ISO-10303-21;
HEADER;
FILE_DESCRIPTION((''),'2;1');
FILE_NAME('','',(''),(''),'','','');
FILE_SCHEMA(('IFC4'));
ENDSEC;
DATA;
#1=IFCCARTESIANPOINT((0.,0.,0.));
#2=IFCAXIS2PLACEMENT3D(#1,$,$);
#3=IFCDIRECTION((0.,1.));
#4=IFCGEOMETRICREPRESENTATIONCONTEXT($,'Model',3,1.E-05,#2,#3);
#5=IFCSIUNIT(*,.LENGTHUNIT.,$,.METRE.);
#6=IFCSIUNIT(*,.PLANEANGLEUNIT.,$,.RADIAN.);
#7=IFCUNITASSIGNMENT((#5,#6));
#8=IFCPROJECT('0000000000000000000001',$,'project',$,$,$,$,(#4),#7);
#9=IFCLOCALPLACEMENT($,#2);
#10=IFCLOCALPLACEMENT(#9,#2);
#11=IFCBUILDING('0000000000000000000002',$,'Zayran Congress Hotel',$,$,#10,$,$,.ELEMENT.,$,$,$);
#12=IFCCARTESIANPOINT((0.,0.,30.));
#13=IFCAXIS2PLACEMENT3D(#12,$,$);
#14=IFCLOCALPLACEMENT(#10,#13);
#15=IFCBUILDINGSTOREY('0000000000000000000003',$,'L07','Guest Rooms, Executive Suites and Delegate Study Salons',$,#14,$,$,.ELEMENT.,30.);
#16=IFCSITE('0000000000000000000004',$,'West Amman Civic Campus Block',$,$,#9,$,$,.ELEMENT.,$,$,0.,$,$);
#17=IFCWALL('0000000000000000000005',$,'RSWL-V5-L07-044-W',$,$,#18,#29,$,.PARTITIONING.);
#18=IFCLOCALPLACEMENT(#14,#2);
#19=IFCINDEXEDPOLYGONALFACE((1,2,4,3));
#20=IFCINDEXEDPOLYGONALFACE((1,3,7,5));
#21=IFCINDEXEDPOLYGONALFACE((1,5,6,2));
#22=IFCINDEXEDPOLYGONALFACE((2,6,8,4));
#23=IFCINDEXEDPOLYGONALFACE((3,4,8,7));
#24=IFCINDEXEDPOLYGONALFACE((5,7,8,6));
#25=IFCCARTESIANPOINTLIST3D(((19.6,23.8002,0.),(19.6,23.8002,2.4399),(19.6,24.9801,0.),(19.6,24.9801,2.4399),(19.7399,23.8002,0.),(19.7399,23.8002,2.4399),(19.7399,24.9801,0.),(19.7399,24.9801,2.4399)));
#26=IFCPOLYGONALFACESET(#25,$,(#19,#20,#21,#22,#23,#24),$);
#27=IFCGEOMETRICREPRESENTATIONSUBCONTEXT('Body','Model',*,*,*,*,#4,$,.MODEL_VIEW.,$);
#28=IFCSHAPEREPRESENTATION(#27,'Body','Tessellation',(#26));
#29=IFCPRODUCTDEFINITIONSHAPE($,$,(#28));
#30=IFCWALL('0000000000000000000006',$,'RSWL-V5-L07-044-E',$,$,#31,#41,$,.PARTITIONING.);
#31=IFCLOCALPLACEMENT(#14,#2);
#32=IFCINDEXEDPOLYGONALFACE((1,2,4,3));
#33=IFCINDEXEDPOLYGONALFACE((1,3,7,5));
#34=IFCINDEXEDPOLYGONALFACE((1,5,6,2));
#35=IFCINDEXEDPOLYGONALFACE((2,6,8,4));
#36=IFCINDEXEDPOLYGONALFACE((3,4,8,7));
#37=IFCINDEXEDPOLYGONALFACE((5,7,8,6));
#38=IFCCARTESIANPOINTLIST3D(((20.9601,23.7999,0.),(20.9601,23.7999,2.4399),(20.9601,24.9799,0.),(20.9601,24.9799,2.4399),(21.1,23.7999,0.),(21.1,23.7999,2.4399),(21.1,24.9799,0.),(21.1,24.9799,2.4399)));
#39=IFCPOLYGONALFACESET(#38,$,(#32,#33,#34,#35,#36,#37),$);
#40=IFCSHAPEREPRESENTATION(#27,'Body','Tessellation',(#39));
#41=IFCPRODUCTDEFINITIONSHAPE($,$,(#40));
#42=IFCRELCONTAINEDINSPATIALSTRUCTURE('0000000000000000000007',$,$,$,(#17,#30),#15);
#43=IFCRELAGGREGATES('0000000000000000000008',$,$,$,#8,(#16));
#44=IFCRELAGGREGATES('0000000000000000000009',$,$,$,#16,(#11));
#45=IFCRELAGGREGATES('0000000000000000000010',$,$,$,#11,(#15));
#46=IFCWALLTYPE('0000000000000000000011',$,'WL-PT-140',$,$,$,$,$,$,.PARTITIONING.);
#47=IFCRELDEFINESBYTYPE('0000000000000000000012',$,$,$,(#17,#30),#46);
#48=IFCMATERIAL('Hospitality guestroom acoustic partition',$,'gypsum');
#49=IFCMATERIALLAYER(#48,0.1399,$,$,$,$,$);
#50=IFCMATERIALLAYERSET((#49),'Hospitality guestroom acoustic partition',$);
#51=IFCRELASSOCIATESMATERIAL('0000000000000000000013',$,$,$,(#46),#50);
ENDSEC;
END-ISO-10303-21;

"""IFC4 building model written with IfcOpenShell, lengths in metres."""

from ifc_helpers import new_model, si_unit, direction, frame, frame_2d, origin, place, context, subcontext, project, spatial, rectangle, extrude, material, layer, layer_set, type_object, element, save


model = new_model("IFC4")

# Units and contexts
model_context = context("Model", 3, precision=1e-05, world=origin(), true_north=direction((0.0, 1.0)))
body_context = subcontext(model_context, "Body", "Model", "MODEL_VIEW")
ifc_project = project(units=[si_unit("LENGTHUNIT", "METRE"), si_unit("PLANEANGLEUNIT", "RADIAN")], contexts=[model_context])

# Site, building, storey
site_placement = place(None, origin())
site = spatial("IfcSite", under=ifc_project, at=site_placement, Name="West Amman Civic Campus Block", CompositionType="ELEMENT", RefElevation=0.0)
building_placement = place(site_placement, origin())
building = spatial("IfcBuilding", under=site, at=building_placement, Name="Zayran Congress Hotel", CompositionType="ELEMENT")
storey_placement = place(building_placement, frame((0.0, 0.0, 30.0)))
storey = spatial("IfcBuildingStorey", under=building, at=storey_placement, Name="L07", Description="Guest Rooms, Executive Suites and Delegate Study Salons", CompositionType="ELEMENT", Elevation=30.0)

# Shared definitions
ifc_material_1 = material(Name="Hospitality guestroom acoustic partition", Category="gypsum")
ifc_layer_1 = layer(ifc_material_1, 0.1399)
ifc_layer_set_1 = layer_set([ifc_layer_1], Name="Hospitality guestroom acoustic partition")
wall_type_1 = type_object("IfcWallType", Name="WL-PT-140", PredefinedType="PARTITIONING", material=ifc_layer_set_1)

# Walls
for number, where, z_axis, x_axis, name in (
    (1, (19.6699, 24.98, 0.0), (0.0, 0.0, 1.0), (0.0, -1.0, 0.0), "RSWL-V5-L07-044-W"),
    (2, (21.03, 23.8, 0.0), (0.0, 0.0, 1.0), (0.0, 1.0, 0.0), "RSWL-V5-L07-044-E"),
):
    element("IfcWall", number, at=place(storey_placement, frame(where, z_axis=z_axis, x_axis=x_axis)), inside=storey, type_object=wall_type_1, Name=name, PredefinedType="PARTITIONING", context=body_context, shape_type="SweptSolid", body=[
        extrude(rectangle(XDim=1.1799, YDim=0.1399, at=frame_2d((0.5898, 0.0))), origin(), (0.0, 0.0, 1.0), 2.4399),
    ])

save(model, "model.ifc")
